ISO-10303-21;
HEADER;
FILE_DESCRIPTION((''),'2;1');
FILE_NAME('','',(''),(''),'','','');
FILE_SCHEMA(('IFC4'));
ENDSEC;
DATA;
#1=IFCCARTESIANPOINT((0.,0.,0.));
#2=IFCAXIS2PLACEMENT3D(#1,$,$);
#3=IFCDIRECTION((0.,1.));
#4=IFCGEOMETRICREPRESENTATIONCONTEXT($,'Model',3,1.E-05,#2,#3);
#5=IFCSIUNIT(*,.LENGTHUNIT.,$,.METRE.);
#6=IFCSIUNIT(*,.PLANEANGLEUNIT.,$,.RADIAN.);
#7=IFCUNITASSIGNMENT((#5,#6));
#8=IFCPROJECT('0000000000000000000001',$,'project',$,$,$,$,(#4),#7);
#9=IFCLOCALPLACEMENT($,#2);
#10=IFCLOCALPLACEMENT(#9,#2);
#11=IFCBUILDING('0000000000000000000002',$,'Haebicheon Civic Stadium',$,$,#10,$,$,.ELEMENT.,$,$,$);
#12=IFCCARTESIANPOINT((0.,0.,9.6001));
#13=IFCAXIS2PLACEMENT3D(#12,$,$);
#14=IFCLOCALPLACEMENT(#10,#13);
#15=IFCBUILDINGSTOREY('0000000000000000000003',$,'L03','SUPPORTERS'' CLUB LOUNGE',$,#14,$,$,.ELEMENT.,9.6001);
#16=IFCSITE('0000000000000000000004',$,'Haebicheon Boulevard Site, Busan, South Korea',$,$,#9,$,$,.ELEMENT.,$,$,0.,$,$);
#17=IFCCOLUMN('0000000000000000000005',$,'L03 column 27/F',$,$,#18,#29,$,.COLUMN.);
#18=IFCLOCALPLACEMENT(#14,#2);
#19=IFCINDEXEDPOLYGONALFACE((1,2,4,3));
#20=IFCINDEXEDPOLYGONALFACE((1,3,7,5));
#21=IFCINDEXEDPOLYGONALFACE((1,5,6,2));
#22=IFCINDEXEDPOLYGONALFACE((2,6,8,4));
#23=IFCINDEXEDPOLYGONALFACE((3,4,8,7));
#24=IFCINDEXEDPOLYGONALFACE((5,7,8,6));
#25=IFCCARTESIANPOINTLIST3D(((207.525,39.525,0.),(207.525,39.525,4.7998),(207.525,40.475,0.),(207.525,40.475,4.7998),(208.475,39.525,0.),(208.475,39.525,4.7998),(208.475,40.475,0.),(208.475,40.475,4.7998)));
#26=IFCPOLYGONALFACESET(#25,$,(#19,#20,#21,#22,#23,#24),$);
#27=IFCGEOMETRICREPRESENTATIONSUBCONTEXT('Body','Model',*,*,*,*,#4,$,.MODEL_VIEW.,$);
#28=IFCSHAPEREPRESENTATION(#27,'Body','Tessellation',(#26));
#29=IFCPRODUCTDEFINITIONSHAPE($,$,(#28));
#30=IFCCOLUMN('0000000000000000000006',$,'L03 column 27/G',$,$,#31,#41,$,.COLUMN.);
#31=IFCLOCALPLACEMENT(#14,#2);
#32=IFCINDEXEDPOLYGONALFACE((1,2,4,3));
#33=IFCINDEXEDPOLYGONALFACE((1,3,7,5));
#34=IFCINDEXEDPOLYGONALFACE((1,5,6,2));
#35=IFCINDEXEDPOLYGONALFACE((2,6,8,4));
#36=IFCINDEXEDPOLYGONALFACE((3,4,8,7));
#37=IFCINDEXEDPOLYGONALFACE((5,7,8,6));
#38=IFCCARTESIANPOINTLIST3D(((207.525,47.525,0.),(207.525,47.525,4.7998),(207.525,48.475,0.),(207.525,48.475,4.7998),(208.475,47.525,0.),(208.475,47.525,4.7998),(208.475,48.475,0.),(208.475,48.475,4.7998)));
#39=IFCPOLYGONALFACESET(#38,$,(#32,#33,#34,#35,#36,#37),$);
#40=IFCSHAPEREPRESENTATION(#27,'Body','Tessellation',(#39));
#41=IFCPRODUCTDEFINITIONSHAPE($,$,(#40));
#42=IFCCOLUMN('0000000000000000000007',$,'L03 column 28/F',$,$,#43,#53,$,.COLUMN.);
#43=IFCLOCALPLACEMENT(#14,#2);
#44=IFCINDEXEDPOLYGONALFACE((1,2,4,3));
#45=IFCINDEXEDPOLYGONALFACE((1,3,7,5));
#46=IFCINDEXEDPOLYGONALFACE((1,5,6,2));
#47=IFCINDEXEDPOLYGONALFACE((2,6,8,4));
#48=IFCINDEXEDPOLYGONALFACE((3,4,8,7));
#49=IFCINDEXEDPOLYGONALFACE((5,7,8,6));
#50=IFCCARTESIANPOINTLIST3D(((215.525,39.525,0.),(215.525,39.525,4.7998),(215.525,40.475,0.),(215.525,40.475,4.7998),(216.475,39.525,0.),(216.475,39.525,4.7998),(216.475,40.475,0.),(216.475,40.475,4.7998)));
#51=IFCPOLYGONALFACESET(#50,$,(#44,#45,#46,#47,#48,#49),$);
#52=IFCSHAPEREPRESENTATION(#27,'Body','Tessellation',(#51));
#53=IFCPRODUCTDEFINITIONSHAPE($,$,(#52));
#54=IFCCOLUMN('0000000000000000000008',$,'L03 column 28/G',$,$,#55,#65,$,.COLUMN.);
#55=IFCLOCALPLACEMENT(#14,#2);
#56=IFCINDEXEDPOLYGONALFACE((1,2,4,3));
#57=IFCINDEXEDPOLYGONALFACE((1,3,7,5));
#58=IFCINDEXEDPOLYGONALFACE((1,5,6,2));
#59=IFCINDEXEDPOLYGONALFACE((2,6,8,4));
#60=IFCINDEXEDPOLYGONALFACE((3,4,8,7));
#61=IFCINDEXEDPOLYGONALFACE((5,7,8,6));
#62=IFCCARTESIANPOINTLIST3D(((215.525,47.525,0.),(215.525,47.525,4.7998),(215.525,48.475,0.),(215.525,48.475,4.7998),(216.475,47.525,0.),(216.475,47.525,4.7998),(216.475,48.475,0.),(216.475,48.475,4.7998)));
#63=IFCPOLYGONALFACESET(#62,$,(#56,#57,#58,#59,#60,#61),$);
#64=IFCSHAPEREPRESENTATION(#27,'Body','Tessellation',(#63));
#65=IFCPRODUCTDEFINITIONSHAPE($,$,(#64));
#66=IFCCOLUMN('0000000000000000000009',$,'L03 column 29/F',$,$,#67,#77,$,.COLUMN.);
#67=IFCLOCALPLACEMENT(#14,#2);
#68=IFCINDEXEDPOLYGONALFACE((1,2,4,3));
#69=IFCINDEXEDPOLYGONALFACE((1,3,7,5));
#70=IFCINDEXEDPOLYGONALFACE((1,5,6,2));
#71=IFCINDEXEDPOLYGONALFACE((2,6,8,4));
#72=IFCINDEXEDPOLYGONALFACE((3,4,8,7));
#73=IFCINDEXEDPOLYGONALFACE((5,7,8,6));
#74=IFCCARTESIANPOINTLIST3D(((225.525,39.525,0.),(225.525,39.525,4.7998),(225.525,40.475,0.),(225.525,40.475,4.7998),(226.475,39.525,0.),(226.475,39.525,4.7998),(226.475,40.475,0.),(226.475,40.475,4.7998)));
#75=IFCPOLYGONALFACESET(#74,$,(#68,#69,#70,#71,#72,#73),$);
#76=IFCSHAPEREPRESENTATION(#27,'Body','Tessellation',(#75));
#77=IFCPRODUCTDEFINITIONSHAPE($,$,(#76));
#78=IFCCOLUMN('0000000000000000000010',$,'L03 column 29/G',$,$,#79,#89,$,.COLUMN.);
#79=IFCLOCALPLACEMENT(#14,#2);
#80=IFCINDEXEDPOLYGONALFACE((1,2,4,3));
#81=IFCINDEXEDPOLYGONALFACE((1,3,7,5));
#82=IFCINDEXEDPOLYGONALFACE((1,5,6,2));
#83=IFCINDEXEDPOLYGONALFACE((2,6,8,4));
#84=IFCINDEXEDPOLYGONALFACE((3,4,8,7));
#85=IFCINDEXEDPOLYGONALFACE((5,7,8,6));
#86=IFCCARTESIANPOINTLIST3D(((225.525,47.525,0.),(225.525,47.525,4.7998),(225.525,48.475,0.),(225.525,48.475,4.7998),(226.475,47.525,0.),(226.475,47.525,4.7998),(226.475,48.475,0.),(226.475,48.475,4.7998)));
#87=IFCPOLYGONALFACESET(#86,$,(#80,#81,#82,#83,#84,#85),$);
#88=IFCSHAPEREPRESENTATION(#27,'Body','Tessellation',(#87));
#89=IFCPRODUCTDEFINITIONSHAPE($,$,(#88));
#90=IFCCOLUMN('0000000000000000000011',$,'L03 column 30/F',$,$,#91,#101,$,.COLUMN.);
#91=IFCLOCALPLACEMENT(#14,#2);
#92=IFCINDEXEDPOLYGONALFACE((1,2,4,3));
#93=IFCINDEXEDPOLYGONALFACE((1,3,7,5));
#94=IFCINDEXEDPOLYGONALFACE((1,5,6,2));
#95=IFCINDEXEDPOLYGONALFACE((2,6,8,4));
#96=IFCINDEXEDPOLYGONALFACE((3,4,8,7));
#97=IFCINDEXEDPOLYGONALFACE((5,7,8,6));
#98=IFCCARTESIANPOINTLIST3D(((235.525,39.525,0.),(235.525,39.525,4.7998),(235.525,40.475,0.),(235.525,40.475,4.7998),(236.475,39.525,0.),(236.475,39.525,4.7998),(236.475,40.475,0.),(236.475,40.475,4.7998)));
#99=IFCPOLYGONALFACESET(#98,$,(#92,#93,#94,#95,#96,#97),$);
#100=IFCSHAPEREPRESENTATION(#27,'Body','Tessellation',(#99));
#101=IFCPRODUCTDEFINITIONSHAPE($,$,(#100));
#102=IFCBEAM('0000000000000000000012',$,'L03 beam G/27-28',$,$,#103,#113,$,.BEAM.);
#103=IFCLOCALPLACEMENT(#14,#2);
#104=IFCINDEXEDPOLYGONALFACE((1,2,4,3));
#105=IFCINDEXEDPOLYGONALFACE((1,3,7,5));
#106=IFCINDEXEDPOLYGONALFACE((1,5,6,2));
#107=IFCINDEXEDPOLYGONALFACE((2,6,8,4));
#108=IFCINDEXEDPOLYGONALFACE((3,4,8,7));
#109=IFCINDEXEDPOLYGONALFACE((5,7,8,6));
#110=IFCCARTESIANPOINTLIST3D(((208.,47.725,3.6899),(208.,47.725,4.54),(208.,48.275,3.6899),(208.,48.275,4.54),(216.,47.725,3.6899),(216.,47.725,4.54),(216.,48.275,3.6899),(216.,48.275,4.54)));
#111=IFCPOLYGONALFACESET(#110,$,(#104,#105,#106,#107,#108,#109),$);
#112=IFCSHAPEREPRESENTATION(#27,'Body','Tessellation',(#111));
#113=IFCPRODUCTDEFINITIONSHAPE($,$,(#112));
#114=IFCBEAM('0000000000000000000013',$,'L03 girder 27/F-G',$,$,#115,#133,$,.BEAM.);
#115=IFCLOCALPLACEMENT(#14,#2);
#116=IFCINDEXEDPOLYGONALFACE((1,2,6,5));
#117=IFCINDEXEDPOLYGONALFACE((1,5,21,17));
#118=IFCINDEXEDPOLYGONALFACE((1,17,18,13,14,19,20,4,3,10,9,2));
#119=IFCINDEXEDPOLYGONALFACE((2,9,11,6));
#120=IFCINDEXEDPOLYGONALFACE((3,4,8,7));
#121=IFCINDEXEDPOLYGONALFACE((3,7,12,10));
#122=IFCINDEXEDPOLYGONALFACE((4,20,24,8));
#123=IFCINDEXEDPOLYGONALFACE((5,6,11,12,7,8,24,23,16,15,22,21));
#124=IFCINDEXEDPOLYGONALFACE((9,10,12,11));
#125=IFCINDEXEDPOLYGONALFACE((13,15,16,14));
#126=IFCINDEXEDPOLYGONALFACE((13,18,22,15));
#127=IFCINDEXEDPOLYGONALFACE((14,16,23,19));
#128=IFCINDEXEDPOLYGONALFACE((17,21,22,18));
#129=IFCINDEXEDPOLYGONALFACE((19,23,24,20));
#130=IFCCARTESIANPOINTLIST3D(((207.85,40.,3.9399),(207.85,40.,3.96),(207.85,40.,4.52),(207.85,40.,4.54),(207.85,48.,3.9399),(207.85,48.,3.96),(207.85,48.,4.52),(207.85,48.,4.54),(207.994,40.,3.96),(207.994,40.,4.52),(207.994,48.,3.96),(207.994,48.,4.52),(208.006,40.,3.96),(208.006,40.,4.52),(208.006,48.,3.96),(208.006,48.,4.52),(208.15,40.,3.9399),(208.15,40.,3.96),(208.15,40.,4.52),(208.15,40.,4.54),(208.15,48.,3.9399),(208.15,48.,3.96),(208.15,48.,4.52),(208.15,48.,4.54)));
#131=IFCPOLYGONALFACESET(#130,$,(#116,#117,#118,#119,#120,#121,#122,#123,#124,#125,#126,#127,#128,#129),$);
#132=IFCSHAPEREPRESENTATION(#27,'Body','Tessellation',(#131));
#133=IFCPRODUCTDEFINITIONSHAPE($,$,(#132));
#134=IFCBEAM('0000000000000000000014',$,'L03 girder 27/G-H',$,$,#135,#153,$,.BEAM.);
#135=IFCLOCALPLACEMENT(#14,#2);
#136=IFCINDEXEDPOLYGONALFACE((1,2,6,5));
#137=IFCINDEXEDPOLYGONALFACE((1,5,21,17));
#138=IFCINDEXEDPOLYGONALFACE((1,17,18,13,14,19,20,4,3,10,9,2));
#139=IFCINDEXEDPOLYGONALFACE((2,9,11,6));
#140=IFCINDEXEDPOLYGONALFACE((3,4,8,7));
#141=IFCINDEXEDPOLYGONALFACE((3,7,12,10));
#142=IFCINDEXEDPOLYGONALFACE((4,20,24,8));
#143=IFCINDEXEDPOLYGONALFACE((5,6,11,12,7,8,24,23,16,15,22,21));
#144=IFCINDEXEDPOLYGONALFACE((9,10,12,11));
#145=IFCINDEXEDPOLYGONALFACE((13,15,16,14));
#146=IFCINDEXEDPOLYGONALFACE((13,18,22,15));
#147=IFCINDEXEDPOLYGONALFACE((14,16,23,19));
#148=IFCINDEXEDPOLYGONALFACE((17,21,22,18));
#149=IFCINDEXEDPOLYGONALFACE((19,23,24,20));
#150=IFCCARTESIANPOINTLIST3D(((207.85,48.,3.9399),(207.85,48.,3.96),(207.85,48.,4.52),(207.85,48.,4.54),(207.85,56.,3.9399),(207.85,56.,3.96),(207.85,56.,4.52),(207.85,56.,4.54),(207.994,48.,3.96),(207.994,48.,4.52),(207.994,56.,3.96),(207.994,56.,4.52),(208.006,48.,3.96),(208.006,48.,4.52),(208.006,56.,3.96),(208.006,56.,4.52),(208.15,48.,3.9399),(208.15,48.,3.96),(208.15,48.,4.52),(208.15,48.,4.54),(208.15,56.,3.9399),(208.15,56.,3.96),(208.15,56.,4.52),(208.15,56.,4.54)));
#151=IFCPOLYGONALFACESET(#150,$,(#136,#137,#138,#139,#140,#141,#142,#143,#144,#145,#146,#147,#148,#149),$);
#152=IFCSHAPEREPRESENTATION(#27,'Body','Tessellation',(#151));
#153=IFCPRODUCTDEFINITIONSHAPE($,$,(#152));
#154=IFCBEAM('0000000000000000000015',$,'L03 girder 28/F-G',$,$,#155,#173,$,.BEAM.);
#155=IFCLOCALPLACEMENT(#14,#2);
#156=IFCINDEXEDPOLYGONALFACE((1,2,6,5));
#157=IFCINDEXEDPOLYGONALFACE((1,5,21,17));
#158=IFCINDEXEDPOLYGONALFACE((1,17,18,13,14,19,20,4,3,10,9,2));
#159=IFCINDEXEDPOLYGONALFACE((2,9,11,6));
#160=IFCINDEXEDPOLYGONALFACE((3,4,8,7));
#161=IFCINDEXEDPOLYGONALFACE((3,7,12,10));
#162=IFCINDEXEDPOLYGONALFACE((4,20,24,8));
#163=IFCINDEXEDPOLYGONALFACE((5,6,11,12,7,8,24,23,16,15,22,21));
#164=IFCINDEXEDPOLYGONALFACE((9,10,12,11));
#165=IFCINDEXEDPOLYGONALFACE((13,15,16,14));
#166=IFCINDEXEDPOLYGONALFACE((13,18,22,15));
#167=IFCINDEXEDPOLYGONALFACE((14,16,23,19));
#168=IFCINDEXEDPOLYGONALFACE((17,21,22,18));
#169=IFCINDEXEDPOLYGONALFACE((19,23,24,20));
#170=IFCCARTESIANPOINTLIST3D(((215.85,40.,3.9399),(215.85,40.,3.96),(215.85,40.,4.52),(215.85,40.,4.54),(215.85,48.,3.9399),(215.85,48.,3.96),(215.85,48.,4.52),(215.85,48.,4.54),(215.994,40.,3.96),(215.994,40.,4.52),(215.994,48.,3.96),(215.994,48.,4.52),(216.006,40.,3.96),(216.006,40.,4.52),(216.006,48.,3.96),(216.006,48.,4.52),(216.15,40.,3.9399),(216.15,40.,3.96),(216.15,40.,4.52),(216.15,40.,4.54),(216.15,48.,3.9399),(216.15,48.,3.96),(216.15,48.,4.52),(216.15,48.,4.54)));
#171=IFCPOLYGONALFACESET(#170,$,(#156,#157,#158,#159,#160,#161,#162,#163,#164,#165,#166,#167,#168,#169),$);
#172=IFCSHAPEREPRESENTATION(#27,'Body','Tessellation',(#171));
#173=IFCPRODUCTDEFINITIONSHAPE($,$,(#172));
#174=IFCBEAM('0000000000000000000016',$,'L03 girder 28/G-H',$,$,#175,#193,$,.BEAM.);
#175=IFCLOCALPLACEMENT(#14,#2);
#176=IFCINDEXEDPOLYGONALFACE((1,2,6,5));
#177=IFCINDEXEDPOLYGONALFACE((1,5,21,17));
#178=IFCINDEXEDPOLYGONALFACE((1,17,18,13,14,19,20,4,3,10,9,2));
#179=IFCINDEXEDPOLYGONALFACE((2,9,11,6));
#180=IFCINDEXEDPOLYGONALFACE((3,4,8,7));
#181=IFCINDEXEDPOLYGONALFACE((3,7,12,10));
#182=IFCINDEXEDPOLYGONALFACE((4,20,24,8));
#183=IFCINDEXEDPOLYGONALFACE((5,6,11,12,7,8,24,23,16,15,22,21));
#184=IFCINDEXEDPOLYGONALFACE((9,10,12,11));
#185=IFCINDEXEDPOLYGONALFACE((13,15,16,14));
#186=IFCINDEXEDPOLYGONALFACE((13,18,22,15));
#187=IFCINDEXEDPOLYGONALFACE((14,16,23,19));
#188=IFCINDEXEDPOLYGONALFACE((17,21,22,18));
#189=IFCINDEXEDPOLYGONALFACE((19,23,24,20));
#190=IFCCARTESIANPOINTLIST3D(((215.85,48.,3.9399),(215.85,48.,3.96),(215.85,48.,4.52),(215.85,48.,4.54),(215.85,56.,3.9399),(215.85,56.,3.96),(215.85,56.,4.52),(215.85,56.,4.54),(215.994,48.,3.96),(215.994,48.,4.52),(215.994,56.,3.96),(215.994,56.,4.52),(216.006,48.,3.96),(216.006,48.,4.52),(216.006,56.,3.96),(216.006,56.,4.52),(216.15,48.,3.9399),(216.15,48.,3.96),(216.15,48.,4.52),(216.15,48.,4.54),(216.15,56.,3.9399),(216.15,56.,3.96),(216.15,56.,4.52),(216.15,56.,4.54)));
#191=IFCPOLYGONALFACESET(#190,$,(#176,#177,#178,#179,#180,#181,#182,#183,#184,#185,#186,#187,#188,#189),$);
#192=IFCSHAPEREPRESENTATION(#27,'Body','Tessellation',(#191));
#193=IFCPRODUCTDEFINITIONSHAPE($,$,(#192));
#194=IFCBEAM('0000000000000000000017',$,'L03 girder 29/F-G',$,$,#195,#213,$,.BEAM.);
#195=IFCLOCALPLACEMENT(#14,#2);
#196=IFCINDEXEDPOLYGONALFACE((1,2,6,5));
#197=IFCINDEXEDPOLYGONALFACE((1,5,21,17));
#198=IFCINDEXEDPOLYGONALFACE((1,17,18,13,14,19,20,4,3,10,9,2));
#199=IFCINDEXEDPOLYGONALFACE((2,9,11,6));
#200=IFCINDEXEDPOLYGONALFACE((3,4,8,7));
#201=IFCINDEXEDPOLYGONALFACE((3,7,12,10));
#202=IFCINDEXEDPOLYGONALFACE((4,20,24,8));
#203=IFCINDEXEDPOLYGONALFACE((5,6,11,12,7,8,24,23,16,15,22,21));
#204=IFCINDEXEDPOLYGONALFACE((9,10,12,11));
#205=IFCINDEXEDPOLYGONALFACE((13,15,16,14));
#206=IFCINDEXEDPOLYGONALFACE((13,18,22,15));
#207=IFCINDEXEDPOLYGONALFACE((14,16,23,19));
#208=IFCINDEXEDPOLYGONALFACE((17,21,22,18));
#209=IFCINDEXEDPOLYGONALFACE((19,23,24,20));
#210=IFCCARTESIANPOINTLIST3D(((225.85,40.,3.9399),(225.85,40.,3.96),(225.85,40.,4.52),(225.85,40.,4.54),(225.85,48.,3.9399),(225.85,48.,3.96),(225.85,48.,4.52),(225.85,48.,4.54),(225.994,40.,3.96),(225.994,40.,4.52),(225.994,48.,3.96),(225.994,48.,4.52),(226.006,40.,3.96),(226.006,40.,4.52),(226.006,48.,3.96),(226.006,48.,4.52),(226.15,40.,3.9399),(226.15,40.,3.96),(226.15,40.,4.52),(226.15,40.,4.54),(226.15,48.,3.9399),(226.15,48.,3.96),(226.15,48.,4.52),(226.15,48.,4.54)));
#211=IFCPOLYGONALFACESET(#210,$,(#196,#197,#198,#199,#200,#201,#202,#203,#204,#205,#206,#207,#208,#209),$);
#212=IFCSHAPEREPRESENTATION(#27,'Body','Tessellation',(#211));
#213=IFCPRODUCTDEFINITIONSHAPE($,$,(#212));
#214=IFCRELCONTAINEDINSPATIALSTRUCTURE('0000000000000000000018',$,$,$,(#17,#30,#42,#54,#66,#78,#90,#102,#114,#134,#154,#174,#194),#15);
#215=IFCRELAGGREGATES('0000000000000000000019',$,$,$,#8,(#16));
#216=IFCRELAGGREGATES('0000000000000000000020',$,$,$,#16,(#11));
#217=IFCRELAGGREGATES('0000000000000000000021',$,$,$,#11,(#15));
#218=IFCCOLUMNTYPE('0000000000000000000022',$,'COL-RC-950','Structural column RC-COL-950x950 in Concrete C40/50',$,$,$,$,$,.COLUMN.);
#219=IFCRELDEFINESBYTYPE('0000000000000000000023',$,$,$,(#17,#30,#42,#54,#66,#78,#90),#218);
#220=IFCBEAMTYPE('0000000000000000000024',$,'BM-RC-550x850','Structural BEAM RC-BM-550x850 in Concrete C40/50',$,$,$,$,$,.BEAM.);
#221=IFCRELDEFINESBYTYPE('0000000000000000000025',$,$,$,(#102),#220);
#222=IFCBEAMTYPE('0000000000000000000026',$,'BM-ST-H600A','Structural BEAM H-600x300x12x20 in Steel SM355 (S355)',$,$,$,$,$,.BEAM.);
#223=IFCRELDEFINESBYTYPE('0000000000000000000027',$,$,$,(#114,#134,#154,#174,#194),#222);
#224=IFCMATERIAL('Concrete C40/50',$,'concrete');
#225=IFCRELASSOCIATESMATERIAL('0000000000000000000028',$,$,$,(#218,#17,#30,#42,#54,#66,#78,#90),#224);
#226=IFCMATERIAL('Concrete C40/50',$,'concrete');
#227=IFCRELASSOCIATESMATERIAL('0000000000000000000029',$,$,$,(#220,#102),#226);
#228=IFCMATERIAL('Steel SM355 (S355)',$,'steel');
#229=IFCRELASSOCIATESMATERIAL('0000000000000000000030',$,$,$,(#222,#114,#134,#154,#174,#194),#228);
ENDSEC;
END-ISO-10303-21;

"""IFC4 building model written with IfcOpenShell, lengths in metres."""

from ifc_helpers import new_model, si_unit, direction, frame, origin, origin_2d, place, context, subcontext, project, spatial, rectangle, i_section, extrude, material, material_profile, profile_set, type_object, element, save


model = new_model("IFC4")

# Units and contexts
model_context = context("Model", 3, precision=1e-05, world=origin(), true_north=direction((0.0, 1.0)))
body_context = subcontext(model_context, "Body", "Model", "MODEL_VIEW")
ifc_project = project(units=[si_unit("LENGTHUNIT", "METRE"), si_unit("PLANEANGLEUNIT", "RADIAN")], contexts=[model_context])

# Site, building, storey
site_placement = place(None, origin())
site = spatial("IfcSite", under=ifc_project, at=site_placement, Name="Haebicheon Boulevard Site, Busan, South Korea", CompositionType="ELEMENT", RefElevation=0.0)
building_placement = place(site_placement, origin())
building = spatial("IfcBuilding", under=site, at=building_placement, Name="Haebicheon Civic Stadium", CompositionType="ELEMENT")
storey_placement = place(building_placement, frame((0.0, 0.0, 9.6001)))
storey = spatial("IfcBuildingStorey", under=building, at=storey_placement, Name="L03", Description="SUPPORTERS' CLUB LOUNGE", CompositionType="ELEMENT", Elevation=9.6001)

# Columns
ifc_material_1 = material(Name="Concrete C40/50", Category="concrete")
ifc_material_profile_1 = material_profile(ifc_material_1, rectangle(XDim=0.95, YDim=0.95, at=origin_2d()), Name="RC-COL-950x950")
ifc_profile_set_1 = profile_set([ifc_material_profile_1], Name="Concrete C40/50")
column_type = type_object("IfcColumnType", Name="COL-RC-950", Description="Structural column RC-COL-950x950 in Concrete C40/50", PredefinedType="COLUMN", material=ifc_profile_set_1)
for number, where, z_axis, x_axis, name in (
    (1, (208.0, 40.0, 0.0), (0.0, 0.0, 1.0), (1.0, 0.0, 0.0), "L03 column 27/F"),
    (2, (208.0, 48.0, 0.0), (0.0, 0.0, 1.0), (1.0, 0.0, 0.0), "L03 column 27/G"),
    (3, (216.0, 40.0, 0.0), (0.0, 0.0, 1.0), (1.0, 0.0, 0.0), "L03 column 28/F"),
    (4, (216.0, 48.0, 0.0), (0.0, 0.0, 1.0), (1.0, 0.0, 0.0), "L03 column 28/G"),
    (5, (226.0, 40.0, 0.0), (0.0, 0.0, 1.0), (1.0, 0.0, 0.0), "L03 column 29/F"),
    (6, (226.0, 48.0, 0.0), (0.0, 0.0, 1.0), (1.0, 0.0, 0.0), "L03 column 29/G"),
    (7, (236.0, 40.0, 0.0), (0.0, 0.0, 1.0), (1.0, 0.0, 0.0), "L03 column 30/F"),
):
    element("IfcColumn", number, at=place(storey_placement, frame(where, z_axis=z_axis, x_axis=x_axis)), inside=storey, type_object=column_type, material=ifc_profile_set_1, Name=name, PredefinedType="COLUMN", context=body_context, shape_type="SweptSolid", body=[
        extrude(rectangle(XDim=0.95, YDim=0.95, at=origin_2d()), origin(), (0.0, 0.0, 1.0), 4.7998),
    ])

# Beams
ifc_material_2 = material(Name="Concrete C40/50", Category="concrete")
ifc_material_profile_2 = material_profile(ifc_material_2, rectangle(XDim=0.55, YDim=0.8501, at=origin_2d()), Name="RC-BM-550x850")
ifc_profile_set_2 = profile_set([ifc_material_profile_2], Name="Concrete C40/50")
beam_type_1 = type_object("IfcBeamType", Name="BM-RC-550x850", Description="Structural BEAM RC-BM-550x850 in Concrete C40/50", PredefinedType="BEAM", material=ifc_profile_set_2)
beam_1_placement = place(storey_placement, frame((208.0, 48.0, 4.115), z_axis=(1.0, 0.0, 0.0), x_axis=(0.0, 1.0, 0.0)))
element("IfcBeam", 8, at=beam_1_placement, inside=storey, type_object=beam_type_1, material=ifc_profile_set_2, Name="L03 beam G/27-28", PredefinedType="BEAM", context=body_context, shape_type="SweptSolid", body=[
    extrude(rectangle(XDim=0.55, YDim=0.8501, at=origin_2d()), origin(), (0.0, 0.0, 1.0), 8.0),
])
ifc_material_3 = material(Name="Steel SM355 (S355)", Category="steel")
ifc_material_profile_3 = material_profile(ifc_material_3, i_section(OverallWidth=0.3, OverallDepth=0.6001, WebThickness=0.012, FlangeThickness=0.02, at=origin_2d()), Name="H-600x300x12x20")
ifc_profile_set_3 = profile_set([ifc_material_profile_3], Name="Steel SM355 (S355)")
beam_type_2 = type_object("IfcBeamType", Name="BM-ST-H600A", Description="Structural BEAM H-600x300x12x20 in Steel SM355 (S355)", PredefinedType="BEAM", material=ifc_profile_set_3)
for number, where, z_axis, x_axis, name in (
    (9, (208.0, 40.0, 4.24), (0.0, 1.0, 0.0), (-1.0, 0.0, 0.0), "L03 girder 27/F-G"),
    (10, (208.0, 48.0, 4.24), (0.0, 1.0, 0.0), (-1.0, 0.0, 0.0), "L03 girder 27/G-H"),
    (11, (216.0, 40.0, 4.24), (0.0, 1.0, 0.0), (-1.0, 0.0, 0.0), "L03 girder 28/F-G"),
    (12, (216.0, 48.0, 4.24), (0.0, 1.0, 0.0), (-1.0, 0.0, 0.0), "L03 girder 28/G-H"),
    (13, (226.0, 40.0, 4.24), (0.0, 1.0, 0.0), (-1.0, 0.0, 0.0), "L03 girder 29/F-G"),
):
    element("IfcBeam", number, at=place(storey_placement, frame(where, z_axis=z_axis, x_axis=x_axis)), inside=storey, type_object=beam_type_2, material=ifc_profile_set_3, Name=name, PredefinedType="BEAM", context=body_context, shape_type="SweptSolid", body=[
        extrude(i_section(OverallWidth=0.3, OverallDepth=0.6001, WebThickness=0.012, FlangeThickness=0.02, at=origin_2d()), origin(), (0.0, 0.0, 1.0), 8.0),
    ])

save(model, "model.ifc")
